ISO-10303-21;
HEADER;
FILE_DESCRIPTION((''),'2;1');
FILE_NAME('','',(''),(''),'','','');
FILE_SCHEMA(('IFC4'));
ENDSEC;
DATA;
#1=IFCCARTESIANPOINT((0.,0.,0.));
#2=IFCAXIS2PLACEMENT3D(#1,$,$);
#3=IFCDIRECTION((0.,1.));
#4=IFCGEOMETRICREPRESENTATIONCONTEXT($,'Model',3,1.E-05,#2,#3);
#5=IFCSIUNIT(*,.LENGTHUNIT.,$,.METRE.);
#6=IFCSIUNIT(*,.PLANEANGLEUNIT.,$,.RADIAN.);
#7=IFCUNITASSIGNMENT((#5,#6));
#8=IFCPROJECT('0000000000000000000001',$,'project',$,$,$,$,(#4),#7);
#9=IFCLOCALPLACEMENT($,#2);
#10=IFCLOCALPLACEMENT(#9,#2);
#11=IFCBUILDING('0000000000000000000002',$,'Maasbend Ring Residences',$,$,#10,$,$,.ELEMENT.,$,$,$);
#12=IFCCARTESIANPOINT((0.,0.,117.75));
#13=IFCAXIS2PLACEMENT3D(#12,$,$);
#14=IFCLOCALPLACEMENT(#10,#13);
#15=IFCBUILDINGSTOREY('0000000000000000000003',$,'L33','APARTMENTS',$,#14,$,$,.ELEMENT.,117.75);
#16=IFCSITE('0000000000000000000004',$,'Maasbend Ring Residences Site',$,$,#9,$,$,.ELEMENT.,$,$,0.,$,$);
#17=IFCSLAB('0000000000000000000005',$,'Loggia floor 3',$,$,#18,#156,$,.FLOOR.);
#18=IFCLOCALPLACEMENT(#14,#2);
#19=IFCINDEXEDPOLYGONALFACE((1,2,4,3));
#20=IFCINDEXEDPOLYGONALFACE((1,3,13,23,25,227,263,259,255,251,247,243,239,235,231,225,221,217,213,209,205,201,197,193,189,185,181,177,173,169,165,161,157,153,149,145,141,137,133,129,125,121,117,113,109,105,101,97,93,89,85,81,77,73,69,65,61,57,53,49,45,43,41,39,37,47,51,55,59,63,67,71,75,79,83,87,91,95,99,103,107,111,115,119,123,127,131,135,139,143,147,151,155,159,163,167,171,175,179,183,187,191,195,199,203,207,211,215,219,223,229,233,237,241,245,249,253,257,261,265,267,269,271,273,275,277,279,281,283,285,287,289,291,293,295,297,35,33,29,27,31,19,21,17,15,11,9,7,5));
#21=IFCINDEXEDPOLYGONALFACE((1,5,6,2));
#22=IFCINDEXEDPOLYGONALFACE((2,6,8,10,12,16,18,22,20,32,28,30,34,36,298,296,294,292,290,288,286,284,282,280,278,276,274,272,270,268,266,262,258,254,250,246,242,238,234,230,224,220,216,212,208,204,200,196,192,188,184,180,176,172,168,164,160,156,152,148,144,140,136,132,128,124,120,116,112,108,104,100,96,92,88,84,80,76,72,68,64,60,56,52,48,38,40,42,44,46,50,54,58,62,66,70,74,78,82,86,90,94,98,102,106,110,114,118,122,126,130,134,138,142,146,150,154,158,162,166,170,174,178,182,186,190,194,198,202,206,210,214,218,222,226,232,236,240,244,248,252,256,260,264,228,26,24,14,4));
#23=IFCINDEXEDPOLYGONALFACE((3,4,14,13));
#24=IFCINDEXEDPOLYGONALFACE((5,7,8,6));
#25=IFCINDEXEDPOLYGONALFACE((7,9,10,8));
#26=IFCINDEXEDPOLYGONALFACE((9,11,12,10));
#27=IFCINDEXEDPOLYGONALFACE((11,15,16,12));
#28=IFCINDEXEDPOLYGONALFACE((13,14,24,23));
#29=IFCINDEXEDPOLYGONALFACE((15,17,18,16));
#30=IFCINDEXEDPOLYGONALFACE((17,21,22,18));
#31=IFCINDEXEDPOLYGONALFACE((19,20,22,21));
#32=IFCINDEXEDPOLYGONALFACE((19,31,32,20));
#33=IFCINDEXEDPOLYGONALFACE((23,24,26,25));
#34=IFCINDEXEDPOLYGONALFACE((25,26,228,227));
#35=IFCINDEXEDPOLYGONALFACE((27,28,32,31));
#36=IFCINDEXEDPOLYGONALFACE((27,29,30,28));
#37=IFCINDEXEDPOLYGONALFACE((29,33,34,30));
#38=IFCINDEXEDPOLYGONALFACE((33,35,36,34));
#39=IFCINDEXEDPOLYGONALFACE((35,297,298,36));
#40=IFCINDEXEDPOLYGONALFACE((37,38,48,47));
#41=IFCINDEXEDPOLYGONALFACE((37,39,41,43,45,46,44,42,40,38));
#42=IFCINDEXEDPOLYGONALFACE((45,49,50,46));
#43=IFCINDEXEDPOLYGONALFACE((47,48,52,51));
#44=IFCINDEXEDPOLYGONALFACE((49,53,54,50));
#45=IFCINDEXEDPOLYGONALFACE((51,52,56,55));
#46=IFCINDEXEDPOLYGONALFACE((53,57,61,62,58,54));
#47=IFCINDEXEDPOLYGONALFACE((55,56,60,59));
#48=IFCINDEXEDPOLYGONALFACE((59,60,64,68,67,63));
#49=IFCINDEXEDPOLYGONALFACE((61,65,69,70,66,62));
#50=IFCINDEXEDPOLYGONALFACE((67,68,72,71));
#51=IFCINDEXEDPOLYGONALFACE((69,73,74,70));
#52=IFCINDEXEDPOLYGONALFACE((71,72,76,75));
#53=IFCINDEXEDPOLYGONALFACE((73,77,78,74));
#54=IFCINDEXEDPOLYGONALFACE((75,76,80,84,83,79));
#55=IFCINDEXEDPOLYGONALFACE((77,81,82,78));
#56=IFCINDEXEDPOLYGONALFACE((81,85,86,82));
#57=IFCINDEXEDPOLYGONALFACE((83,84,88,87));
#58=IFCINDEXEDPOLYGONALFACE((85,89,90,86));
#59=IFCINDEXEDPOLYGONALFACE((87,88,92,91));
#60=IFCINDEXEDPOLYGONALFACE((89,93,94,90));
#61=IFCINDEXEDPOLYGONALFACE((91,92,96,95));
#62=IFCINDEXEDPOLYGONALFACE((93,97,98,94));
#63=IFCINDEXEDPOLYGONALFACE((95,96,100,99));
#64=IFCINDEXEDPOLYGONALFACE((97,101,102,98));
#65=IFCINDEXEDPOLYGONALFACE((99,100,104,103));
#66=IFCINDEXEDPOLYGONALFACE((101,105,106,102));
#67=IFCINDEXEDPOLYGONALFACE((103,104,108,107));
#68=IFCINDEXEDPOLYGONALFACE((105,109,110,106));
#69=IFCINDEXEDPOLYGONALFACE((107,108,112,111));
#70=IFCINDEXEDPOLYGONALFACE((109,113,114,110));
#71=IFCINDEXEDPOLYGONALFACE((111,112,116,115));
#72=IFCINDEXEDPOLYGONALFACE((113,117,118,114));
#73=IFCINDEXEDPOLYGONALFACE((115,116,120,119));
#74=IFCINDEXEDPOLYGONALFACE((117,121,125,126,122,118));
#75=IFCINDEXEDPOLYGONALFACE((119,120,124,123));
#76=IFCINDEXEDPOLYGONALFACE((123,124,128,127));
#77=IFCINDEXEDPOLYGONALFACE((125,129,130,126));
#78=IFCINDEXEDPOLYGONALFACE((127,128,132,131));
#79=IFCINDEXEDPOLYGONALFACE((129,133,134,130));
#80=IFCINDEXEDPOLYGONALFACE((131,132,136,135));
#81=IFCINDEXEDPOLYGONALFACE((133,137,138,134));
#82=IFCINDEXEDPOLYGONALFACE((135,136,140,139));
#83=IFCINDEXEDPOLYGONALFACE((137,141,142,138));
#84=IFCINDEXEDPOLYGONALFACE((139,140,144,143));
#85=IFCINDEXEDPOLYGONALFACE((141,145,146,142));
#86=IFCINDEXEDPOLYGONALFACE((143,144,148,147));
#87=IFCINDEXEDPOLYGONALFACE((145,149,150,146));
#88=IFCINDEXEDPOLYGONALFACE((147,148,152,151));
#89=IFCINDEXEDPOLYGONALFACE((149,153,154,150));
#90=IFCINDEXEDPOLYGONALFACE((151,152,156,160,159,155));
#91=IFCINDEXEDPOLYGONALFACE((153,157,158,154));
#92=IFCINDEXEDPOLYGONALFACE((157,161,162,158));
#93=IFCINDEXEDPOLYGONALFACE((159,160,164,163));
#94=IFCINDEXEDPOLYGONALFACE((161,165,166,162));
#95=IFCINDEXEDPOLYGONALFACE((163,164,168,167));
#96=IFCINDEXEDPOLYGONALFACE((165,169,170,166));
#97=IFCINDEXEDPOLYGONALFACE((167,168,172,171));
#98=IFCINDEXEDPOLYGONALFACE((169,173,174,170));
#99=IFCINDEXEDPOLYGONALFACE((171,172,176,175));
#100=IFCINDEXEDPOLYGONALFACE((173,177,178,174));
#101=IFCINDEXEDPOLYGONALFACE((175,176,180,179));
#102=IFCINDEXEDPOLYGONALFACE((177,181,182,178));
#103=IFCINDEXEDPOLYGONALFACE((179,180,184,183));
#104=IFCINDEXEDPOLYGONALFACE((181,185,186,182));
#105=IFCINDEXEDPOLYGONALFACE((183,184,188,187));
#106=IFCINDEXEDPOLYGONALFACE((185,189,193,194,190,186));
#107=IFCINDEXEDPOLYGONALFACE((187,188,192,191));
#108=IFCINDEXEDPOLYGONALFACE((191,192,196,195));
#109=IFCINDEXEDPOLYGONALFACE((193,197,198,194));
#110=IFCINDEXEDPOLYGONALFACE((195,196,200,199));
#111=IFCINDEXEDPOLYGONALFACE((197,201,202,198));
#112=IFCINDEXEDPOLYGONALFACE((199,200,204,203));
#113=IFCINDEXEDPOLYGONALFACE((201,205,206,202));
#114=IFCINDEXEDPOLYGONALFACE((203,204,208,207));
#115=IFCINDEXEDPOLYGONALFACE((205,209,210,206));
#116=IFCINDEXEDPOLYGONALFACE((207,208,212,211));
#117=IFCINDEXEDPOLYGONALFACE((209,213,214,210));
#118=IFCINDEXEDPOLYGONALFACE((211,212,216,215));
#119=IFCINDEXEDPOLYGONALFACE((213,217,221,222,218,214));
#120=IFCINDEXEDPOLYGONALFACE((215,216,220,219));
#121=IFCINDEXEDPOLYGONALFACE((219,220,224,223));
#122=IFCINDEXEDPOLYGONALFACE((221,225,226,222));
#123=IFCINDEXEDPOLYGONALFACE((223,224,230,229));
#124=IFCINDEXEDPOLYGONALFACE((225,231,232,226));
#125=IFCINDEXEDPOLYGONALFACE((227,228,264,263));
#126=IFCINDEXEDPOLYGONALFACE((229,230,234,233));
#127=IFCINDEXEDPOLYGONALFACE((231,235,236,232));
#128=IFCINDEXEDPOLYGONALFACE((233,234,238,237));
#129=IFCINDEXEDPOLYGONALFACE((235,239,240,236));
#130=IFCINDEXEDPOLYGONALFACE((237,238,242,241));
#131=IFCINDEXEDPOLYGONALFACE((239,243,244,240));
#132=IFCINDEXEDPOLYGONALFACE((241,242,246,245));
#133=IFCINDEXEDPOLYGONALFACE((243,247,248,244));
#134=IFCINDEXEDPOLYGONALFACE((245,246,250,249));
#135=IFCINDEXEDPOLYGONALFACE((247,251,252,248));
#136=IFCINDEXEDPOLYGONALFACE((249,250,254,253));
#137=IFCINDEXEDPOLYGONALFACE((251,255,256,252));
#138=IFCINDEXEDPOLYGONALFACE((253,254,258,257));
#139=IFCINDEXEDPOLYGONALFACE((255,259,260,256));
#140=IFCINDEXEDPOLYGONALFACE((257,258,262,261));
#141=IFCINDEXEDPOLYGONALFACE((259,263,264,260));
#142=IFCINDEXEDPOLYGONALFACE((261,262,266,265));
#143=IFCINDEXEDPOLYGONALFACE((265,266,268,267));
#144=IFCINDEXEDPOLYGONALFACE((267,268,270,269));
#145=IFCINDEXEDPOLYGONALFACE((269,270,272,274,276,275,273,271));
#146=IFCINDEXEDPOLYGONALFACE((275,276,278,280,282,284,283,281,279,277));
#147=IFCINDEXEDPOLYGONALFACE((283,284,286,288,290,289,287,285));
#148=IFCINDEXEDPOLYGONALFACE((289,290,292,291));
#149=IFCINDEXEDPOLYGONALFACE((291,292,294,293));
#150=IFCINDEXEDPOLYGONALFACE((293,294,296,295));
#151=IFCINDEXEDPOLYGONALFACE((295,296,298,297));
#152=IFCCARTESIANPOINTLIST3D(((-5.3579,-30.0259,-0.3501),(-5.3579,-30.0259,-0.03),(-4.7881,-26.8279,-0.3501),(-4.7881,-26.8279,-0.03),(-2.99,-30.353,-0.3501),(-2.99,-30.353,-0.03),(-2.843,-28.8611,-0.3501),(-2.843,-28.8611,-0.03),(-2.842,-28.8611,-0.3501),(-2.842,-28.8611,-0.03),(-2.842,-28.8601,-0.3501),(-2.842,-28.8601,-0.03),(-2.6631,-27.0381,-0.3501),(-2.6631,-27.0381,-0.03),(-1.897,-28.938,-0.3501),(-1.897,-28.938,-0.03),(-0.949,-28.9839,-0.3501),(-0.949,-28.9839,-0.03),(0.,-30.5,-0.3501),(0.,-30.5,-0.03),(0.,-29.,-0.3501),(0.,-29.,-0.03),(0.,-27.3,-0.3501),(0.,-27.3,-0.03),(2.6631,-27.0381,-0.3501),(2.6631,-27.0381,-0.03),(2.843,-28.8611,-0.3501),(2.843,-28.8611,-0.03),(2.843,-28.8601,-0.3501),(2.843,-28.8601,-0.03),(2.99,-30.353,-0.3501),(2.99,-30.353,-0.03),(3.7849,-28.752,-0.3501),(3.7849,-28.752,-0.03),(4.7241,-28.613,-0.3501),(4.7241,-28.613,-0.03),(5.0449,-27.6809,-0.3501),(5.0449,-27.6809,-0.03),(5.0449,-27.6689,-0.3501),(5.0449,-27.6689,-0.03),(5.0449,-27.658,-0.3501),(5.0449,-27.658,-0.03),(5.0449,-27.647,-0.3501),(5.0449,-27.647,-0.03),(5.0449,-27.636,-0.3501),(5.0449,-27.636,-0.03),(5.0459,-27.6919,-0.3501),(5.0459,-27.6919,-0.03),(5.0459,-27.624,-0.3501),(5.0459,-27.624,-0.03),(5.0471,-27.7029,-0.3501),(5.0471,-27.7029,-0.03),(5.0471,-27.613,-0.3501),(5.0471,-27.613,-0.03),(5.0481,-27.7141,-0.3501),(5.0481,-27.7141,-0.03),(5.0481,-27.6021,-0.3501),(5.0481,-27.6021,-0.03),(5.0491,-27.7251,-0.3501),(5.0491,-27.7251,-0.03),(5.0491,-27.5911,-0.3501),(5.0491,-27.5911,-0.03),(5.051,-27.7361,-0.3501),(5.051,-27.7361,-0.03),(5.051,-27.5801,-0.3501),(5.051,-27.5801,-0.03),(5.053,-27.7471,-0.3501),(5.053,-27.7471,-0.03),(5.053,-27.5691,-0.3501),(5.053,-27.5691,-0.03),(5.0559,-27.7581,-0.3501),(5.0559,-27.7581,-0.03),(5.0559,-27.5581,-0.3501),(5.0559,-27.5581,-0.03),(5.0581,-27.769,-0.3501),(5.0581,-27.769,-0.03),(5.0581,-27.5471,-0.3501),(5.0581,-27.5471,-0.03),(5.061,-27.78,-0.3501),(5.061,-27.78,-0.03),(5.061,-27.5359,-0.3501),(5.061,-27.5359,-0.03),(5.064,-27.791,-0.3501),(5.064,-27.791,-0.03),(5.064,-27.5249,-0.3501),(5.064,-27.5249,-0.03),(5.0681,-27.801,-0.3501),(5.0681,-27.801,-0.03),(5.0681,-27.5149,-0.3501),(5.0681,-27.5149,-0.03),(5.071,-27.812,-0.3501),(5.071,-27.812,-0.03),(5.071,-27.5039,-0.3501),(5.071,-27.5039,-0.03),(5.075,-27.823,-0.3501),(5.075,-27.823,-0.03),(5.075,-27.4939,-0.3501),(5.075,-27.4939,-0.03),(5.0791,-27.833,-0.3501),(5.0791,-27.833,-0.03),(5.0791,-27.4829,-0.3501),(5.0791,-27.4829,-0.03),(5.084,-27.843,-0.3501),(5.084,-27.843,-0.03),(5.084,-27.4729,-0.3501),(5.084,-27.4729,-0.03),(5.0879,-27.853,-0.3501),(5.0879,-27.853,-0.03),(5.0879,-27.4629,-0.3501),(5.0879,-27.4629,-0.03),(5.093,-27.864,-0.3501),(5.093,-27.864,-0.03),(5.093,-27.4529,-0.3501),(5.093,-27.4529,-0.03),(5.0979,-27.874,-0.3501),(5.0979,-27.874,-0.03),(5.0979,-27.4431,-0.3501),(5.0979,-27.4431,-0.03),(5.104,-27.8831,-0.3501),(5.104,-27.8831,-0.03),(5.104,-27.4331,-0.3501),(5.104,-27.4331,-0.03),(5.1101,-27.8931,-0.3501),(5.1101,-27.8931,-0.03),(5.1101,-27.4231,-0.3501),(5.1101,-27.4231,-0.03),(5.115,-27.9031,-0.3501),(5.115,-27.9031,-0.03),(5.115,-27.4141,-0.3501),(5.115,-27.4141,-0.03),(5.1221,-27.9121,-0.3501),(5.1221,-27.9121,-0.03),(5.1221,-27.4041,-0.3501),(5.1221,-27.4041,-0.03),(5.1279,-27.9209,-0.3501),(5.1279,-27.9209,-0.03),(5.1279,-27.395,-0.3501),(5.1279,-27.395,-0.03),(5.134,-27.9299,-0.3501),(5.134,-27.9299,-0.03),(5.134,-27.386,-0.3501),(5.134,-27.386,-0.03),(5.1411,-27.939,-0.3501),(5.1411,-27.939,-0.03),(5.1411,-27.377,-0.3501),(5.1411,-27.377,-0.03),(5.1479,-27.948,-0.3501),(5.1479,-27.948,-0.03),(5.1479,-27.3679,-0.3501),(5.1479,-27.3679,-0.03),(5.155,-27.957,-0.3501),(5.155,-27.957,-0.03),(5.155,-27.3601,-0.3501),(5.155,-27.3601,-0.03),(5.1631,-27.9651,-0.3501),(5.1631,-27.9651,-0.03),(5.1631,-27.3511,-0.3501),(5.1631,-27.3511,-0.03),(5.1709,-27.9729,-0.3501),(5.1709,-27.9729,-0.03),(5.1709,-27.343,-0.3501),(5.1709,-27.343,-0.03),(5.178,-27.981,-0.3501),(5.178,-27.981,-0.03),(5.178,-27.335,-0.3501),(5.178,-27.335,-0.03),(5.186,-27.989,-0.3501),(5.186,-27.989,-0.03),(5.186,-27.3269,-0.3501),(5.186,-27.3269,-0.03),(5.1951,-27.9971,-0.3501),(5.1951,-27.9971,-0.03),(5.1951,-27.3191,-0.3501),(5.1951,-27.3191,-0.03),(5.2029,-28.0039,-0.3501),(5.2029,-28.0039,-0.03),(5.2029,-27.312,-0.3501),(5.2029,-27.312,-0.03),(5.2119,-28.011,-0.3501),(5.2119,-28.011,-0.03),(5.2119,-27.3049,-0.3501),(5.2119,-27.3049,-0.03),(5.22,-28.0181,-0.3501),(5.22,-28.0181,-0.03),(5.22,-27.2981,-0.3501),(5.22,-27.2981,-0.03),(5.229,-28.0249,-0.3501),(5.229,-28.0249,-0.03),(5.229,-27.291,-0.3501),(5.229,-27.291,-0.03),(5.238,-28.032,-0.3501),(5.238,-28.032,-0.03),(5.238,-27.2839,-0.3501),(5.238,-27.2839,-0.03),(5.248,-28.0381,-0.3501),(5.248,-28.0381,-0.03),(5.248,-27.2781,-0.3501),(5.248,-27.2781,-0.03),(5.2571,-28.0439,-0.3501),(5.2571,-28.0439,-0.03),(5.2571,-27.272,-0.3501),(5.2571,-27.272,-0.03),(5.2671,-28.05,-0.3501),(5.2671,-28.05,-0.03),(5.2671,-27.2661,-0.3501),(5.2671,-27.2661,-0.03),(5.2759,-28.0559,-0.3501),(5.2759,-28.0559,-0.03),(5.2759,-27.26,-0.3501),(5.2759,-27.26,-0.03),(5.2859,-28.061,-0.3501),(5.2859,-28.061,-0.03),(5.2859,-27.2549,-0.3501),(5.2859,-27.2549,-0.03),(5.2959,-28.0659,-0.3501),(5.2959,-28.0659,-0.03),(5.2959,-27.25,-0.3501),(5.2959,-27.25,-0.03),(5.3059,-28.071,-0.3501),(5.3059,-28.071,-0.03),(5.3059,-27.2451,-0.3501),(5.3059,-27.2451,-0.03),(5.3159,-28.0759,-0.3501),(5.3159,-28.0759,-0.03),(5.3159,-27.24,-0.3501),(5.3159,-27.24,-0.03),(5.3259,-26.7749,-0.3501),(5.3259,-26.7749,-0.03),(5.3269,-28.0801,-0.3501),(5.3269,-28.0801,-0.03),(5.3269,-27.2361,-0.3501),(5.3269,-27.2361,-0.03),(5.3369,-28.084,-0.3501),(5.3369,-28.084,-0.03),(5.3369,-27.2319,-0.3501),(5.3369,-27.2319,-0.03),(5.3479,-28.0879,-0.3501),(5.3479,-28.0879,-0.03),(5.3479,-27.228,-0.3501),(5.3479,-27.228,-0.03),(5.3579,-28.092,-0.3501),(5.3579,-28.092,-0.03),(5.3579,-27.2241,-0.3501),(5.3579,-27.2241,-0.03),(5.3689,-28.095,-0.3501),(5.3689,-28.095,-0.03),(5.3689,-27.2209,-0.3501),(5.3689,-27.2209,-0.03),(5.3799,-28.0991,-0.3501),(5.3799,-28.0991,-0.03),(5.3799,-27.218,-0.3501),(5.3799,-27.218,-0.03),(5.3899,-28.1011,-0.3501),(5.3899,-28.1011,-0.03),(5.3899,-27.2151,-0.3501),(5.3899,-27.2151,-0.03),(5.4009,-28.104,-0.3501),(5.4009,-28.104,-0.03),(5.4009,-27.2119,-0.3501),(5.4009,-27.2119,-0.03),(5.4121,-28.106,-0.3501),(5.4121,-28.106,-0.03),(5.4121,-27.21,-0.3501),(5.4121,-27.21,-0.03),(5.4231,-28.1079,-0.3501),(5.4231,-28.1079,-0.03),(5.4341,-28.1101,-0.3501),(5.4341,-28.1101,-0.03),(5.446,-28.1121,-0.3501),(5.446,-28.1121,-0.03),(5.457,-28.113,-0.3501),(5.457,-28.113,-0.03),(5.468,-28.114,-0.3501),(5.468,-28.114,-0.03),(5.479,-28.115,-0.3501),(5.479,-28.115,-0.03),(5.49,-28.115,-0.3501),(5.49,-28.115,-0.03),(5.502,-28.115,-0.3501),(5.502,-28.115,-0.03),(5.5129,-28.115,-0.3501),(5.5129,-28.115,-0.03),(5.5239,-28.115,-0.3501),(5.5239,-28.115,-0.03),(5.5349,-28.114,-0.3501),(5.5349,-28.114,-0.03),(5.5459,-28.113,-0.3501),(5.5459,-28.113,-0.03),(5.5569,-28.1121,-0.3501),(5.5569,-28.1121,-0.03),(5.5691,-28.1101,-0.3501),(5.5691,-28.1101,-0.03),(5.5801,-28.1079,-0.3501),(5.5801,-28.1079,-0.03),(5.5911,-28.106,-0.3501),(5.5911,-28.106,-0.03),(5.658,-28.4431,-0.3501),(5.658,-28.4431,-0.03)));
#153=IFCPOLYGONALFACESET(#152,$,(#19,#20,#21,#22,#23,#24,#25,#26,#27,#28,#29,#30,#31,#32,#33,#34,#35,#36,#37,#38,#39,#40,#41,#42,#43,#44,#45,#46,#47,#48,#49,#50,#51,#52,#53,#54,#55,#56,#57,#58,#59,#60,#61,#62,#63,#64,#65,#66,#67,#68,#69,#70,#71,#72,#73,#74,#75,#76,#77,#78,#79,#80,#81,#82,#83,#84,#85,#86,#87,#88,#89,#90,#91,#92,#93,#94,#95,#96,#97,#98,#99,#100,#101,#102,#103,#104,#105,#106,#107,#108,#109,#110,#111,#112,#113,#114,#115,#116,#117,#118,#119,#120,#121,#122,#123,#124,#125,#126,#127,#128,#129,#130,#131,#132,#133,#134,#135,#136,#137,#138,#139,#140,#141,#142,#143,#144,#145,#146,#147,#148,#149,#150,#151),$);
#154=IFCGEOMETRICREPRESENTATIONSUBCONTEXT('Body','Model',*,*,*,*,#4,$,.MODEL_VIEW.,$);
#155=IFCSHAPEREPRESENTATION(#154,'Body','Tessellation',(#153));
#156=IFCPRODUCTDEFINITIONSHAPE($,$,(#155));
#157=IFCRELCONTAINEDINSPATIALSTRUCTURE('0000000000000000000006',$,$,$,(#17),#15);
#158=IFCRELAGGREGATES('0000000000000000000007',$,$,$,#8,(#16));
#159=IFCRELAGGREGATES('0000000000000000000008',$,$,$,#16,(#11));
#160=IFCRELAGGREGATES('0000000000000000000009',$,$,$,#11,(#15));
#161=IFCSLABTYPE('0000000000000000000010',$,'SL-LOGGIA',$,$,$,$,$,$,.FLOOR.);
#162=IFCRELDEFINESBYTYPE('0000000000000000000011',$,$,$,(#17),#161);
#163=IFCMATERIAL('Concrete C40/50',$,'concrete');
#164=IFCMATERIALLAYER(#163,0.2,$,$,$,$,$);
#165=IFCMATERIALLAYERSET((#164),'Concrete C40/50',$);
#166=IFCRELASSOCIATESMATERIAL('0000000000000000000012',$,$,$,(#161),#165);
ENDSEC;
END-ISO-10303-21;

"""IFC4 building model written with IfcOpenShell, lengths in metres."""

from ifc_helpers import new_model, si_unit, direction, frame, origin, place, context, subcontext, project, spatial, polyline, outline, extrude, material, layer, layer_set, type_object, element, save


model = new_model("IFC4")

# Units and contexts
model_context = context("Model", 3, precision=1e-05, world=origin(), true_north=direction((0.0, 1.0)))
body_context = subcontext(model_context, "Body", "Model", "MODEL_VIEW")
ifc_project = project(units=[si_unit("LENGTHUNIT", "METRE"), si_unit("PLANEANGLEUNIT", "RADIAN")], contexts=[model_context])

# Site, building, storey
site_placement = place(None, origin())
site = spatial("IfcSite", under=ifc_project, at=site_placement, Name="Maasbend Ring Residences Site", CompositionType="ELEMENT", RefElevation=0.0)
building_placement = place(site_placement, origin())
building = spatial("IfcBuilding", under=site, at=building_placement, Name="Maasbend Ring Residences", CompositionType="ELEMENT")
storey_placement = place(building_placement, frame((0.0, 0.0, 117.75)))
storey = spatial("IfcBuildingStorey", under=building, at=storey_placement, Name="L33", Description="APARTMENTS", CompositionType="ELEMENT", Elevation=117.75)

# Slab
ifc_material_1 = material(Name="Concrete C40/50", Category="concrete")
ifc_layer_1 = layer(ifc_material_1, 0.2)
ifc_layer_set_1 = layer_set([ifc_layer_1], Name="Concrete C40/50")
slab_type = type_object("IfcSlabType", Name="SL-LOGGIA", PredefinedType="FLOOR", material=ifc_layer_set_1)
slab_1_placement = place(storey_placement, frame((0.0, 0.0, -0.3501)))
element("IfcSlab", 1, at=slab_1_placement, inside=storey, type_object=slab_type, Name="Loggia floor 3", PredefinedType="FLOOR", context=body_context, shape_type="SweptSolid", body=[
    extrude(outline(polyline([(-2.6631, -27.0381), (0.0, -27.3), (0.0, -27.3), (0.0, -27.3), (2.6631, -27.0381), (5.3259, -26.7749), (5.3259, -26.7749), (5.3259, -26.7749), (5.4121, -27.21), (5.4121, -27.21), (5.4009, -27.2119), (5.3899, -27.2151), (5.3799, -27.218), (5.3689, -27.2209), (5.3579, -27.2241), (5.3479, -27.228), (5.3369, -27.2319), (5.3269, -27.2361), (5.3159, -27.24), (5.3059, -27.2451), (5.2959, -27.25), (5.2859, -27.2549), (5.2759, -27.26), (5.2671, -27.2661), (5.2571, -27.272), (5.248, -27.2781), (5.238, -27.2839), (5.229, -27.291), (5.22, -27.2981), (5.2119, -27.3049), (5.2029, -27.312), (5.1951, -27.3191), (5.186, -27.3269), (5.178, -27.335), (5.1709, -27.343), (5.1631, -27.3511), (5.155, -27.3601), (5.1479, -27.3679), (5.1411, -27.377), (5.134, -27.386), (5.1279, -27.395), (5.1221, -27.4041), (5.115, -27.4141), (5.1101, -27.4231), (5.104, -27.4331), (5.0979, -27.4431), (5.093, -27.4529), (5.0879, -27.4629), (5.084, -27.4729), (5.0791, -27.4829), (5.075, -27.4939), (5.071, -27.5039), (5.0681, -27.5149), (5.064, -27.5249), (5.061, -27.5359), (5.0581, -27.5471), (5.0559, -27.5581), (5.053, -27.5691), (5.051, -27.5801), (5.0491, -27.5911), (5.0481, -27.6021), (5.0471, -27.613), (5.0459, -27.624), (5.0449, -27.636), (5.0449, -27.647), (5.0449, -27.658), (5.0449, -27.6689), (5.0449, -27.6809), (5.0459, -27.6919), (5.0471, -27.7029), (5.0481, -27.7141), (5.0491, -27.7251), (5.051, -27.7361), (5.053, -27.7471), (5.0559, -27.7581), (5.0581, -27.769), (5.061, -27.78), (5.064, -27.791), (5.0681, -27.801), (5.071, -27.812), (5.075, -27.823), (5.0791, -27.833), (5.084, -27.843), (5.0879, -27.853), (5.093, -27.864), (5.0979, -27.874), (5.104, -27.8831), (5.1101, -27.8931), (5.115, -27.9031), (5.1221, -27.9121), (5.1279, -27.9209), (5.134, -27.9299), (5.1411, -27.939), (5.1479, -27.948), (5.155, -27.957), (5.1631, -27.9651), (5.1709, -27.9729), (5.178, -27.981), (5.186, -27.989), (5.1951, -27.9971), (5.2029, -28.0039), (5.2119, -28.011), (5.22, -28.0181), (5.229, -28.0249), (5.238, -28.032), (5.248, -28.0381), (5.2571, -28.0439), (5.2671, -28.05), (5.2759, -28.0559), (5.2859, -28.061), (5.2959, -28.0659), (5.3059, -28.071), (5.3159, -28.0759), (5.3269, -28.0801), (5.3369, -28.084), (5.3479, -28.0879), (5.3579, -28.092), (5.3689, -28.095), (5.3799, -28.0991), (5.3899, -28.1011), (5.4009, -28.104), (5.4121, -28.106), (5.4231, -28.1079), (5.4341, -28.1101), (5.446, -28.1121), (5.457, -28.113), (5.468, -28.114), (5.479, -28.115), (5.49, -28.115), (5.502, -28.115), (5.5129, -28.115), (5.5239, -28.115), (5.5349, -28.114), (5.5459, -28.113), (5.5569, -28.1121), (5.5691, -28.1101), (5.5801, -28.1079), (5.5911, -28.106), (5.5911, -28.106), (5.658, -28.4431), (5.658, -28.4431), (5.658, -28.4431), (4.7241, -28.613), (4.7241, -28.613), (3.7849, -28.752), (3.7849, -28.752), (2.843, -28.8601), (2.843, -28.8601), (2.843, -28.8601), (2.843, -28.8601), (2.843, -28.8601), (2.843, -28.8601), (2.843, -28.8601), (2.843, -28.8601), (2.843, -28.8601), (2.843, -28.8611), (2.843, -28.8611), (2.843, -28.8611), (2.843, -28.8611), (2.843, -28.8611), (2.843, -28.8611), (2.843, -28.8611), (2.843, -28.8611), (2.99, -30.353), (2.99, -30.353), (2.99, -30.353), (0.0, -30.5), (0.0, -30.5), (0.0, -30.5), (0.0, -29.0), (0.0, -29.0), (0.0, -29.0), (0.0, -29.0), (0.0, -29.0), (0.0, -29.0), (0.0, -29.0), (0.0, -29.0), (0.0, -29.0), (0.0, -29.0), (0.0, -29.0), (0.0, -29.0), (0.0, -29.0), (0.0, -29.0), (0.0, -29.0), (0.0, -29.0), (0.0, -29.0), (-0.949, -28.9839), (-0.949, -28.9839), (-1.897, -28.938), (-1.897, -28.938), (-2.842, -28.8601), (-2.842, -28.8601), (-2.842, -28.8601), (-2.842, -28.8601), (-2.842, -28.8601), (-2.842, -28.8601), (-2.842, -28.8601), (-2.842, -28.8601), (-2.842, -28.8611), (-2.842, -28.8611), (-2.842, -28.8611), (-2.842, -28.8611), (-2.842, -28.8611), (-2.843, -28.8611), (-2.843, -28.8611), (-2.843, -28.8611), (-2.843, -28.8611), (-2.99, -30.353), (-2.99, -30.353), (-2.99, -30.353), (-5.3579, -30.0259), (-5.3579, -30.0259), (-5.3579, -30.0259), (-4.7881, -26.8279), (-4.7881, -26.8279), (-4.7881, -26.8279), (-2.6631, -27.0381)])), origin(), (0.0, 0.0, 1.0), 0.3201),
])

save(model, "model.ifc")
